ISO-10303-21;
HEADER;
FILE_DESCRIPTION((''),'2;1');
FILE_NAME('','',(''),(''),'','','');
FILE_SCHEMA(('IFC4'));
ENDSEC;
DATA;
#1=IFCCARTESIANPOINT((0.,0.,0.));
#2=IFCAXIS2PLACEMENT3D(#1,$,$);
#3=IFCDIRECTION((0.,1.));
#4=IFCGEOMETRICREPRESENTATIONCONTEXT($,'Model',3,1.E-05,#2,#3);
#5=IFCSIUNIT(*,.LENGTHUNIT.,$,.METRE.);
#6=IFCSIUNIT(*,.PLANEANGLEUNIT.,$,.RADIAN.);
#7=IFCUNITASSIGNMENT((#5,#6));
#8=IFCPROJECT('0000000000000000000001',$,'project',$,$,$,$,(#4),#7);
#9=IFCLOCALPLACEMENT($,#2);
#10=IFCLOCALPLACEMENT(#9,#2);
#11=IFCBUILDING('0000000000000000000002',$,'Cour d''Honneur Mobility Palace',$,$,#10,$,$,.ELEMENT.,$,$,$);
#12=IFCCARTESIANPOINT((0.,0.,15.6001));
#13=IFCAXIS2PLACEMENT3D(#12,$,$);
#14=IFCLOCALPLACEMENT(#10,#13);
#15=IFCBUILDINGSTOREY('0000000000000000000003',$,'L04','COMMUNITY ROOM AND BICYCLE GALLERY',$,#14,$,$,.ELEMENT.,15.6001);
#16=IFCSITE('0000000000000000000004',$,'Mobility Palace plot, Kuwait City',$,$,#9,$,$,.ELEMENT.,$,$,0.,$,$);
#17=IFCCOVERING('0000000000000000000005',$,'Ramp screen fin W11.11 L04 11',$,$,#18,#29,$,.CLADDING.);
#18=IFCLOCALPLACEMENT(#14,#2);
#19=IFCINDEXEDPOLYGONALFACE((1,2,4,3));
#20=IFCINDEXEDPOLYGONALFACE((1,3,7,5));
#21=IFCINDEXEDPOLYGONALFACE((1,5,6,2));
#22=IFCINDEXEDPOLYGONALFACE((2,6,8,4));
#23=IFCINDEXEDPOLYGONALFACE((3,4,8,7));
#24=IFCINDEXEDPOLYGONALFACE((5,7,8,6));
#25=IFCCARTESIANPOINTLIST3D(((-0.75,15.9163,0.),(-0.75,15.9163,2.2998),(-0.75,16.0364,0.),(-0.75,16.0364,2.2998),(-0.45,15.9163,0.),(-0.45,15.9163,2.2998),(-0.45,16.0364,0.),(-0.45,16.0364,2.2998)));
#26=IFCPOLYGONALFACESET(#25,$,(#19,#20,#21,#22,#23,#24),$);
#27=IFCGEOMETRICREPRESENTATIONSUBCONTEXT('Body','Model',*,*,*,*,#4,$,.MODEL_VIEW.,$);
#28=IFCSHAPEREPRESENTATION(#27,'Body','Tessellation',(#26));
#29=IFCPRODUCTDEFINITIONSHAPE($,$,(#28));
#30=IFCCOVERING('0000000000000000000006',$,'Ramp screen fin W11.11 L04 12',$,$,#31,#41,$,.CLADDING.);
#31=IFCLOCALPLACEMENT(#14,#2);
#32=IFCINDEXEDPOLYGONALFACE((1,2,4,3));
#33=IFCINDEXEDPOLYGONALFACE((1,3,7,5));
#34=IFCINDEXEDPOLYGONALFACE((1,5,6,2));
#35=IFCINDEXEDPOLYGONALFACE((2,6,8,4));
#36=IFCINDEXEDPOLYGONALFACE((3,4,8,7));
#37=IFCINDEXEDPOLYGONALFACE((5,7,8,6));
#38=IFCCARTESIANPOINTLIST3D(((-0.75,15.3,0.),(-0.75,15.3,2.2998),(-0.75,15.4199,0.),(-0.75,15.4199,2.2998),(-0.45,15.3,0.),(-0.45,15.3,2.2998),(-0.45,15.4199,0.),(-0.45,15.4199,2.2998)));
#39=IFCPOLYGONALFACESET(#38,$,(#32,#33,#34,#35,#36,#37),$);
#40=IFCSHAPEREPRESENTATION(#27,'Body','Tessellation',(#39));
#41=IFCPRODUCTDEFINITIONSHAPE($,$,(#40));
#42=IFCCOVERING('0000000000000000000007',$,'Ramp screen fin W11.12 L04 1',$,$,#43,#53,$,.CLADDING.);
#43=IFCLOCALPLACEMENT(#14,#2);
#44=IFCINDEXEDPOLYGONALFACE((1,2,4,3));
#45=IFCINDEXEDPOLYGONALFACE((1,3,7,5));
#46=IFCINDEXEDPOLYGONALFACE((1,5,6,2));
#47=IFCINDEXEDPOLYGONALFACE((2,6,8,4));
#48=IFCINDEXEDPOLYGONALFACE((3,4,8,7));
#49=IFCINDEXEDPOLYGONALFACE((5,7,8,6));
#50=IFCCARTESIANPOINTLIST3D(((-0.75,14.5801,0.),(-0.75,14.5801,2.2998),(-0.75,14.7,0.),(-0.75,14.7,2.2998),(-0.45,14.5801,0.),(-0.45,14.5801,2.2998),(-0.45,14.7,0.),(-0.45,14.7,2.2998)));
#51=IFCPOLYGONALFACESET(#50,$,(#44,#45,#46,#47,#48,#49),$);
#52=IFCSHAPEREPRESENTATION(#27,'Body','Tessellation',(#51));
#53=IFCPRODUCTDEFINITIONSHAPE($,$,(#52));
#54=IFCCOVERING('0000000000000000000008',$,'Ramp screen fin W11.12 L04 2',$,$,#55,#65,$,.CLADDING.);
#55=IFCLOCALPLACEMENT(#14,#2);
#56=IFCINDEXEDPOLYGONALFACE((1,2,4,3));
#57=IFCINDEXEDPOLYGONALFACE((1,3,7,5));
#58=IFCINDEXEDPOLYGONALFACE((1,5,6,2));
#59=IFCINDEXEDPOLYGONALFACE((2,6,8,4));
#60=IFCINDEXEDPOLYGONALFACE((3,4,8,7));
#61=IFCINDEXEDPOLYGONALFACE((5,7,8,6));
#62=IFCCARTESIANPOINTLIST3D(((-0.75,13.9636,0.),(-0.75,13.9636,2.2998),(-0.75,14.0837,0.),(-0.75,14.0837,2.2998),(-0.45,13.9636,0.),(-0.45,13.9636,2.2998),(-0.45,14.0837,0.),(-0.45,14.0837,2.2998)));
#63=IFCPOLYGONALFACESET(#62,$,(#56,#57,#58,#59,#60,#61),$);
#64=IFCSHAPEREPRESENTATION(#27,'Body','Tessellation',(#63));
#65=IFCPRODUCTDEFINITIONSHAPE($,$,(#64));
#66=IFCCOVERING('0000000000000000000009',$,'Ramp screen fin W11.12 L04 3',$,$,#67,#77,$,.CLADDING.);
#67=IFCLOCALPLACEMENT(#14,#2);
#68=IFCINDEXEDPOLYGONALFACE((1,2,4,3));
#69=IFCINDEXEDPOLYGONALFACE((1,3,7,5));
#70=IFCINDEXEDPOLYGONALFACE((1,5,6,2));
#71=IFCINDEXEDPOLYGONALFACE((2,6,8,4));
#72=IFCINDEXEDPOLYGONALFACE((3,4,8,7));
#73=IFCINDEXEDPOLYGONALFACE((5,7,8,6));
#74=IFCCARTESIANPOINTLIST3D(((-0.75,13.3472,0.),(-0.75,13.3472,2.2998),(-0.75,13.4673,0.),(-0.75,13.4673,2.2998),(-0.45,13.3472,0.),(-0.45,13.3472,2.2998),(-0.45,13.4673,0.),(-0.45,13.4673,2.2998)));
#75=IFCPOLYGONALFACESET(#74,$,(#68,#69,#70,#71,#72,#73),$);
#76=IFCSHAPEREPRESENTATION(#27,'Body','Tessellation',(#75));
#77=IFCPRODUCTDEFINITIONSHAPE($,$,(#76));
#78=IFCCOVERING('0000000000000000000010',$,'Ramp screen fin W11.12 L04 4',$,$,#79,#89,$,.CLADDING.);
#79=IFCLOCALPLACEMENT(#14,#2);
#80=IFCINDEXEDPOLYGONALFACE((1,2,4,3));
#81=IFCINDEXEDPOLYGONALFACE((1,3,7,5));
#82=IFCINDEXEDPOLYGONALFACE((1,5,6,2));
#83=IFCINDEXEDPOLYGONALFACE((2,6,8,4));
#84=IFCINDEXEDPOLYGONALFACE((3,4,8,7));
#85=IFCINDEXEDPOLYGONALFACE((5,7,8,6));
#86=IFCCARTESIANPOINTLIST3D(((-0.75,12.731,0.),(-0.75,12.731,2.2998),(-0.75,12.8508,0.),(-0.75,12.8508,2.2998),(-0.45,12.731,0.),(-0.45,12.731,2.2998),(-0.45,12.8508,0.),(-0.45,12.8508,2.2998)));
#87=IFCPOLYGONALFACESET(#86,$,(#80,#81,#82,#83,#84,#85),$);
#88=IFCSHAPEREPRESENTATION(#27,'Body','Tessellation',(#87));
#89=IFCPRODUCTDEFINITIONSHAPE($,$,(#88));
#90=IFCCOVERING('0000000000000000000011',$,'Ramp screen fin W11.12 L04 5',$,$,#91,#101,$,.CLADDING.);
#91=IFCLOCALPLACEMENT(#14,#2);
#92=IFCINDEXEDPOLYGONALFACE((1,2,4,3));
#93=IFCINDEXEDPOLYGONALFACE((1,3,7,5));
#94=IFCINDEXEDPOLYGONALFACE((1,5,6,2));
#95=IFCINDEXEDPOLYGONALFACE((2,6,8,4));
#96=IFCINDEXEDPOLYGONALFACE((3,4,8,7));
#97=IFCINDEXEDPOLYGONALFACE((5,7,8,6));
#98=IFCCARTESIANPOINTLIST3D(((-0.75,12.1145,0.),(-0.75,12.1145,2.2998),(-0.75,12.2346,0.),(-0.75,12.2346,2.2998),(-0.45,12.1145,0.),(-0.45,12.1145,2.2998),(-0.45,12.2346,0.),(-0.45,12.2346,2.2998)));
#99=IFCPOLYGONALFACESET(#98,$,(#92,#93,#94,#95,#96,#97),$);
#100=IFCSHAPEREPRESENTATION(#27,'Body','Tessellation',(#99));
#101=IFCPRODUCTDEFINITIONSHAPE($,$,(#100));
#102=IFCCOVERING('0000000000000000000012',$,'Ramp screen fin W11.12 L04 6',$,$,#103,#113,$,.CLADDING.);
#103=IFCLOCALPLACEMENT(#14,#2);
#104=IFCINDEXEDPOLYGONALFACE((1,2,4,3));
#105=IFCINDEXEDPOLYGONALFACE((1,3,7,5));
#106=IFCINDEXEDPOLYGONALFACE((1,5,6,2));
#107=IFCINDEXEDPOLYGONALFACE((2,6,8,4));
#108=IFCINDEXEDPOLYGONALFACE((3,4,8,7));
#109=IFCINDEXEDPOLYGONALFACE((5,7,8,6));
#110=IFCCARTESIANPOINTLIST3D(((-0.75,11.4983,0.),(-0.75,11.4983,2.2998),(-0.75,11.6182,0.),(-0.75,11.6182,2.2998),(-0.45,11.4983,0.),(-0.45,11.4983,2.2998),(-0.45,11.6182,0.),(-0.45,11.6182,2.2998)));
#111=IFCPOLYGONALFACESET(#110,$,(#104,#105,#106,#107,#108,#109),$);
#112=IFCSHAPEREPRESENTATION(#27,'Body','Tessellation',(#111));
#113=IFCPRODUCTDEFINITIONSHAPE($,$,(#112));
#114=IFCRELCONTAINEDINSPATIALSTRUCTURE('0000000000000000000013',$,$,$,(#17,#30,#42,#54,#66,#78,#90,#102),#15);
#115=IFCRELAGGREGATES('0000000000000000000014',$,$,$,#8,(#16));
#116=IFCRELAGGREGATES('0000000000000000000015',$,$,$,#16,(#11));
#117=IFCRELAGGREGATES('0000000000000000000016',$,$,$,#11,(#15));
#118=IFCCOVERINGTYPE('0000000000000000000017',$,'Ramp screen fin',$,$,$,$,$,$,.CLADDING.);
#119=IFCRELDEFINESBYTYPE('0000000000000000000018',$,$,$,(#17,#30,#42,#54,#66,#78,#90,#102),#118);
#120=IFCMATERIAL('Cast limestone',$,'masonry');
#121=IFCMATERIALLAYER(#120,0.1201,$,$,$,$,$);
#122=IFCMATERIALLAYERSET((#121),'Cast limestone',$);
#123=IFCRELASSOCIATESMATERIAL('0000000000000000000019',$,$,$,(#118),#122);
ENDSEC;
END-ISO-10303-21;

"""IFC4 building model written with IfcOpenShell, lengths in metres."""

from ifc_helpers import new_model, si_unit, direction, frame, origin, place, context, subcontext, project, spatial, polyline, outline, extrude, material, layer, layer_set, type_object, element, save


model = new_model("IFC4")

# Units and contexts
model_context = context("Model", 3, precision=1e-05, world=origin(), true_north=direction((0.0, 1.0)))
body_context = subcontext(model_context, "Body", "Model", "MODEL_VIEW")
ifc_project = project(units=[si_unit("LENGTHUNIT", "METRE"), si_unit("PLANEANGLEUNIT", "RADIAN")], contexts=[model_context])

# Site, building, storey
site_placement = place(None, origin())
site = spatial("IfcSite", under=ifc_project, at=site_placement, Name="Mobility Palace plot, Kuwait City", CompositionType="ELEMENT", RefElevation=0.0)
building_placement = place(site_placement, origin())
building = spatial("IfcBuilding", under=site, at=building_placement, Name="Cour d'Honneur Mobility Palace", CompositionType="ELEMENT")
storey_placement = place(building_placement, frame((0.0, 0.0, 15.6001)))
storey = spatial("IfcBuildingStorey", under=building, at=storey_placement, Name="L04", Description="COMMUNITY ROOM AND BICYCLE GALLERY", CompositionType="ELEMENT", Elevation=15.6001)

# Coverings
ifc_material = material(Name="Cast limestone", Category="masonry")
ifc_layer = layer(ifc_material, 0.1201)
ifc_layer_set = layer_set([ifc_layer], Name="Cast limestone")
covering_type = type_object("IfcCoveringType", Name="Ramp screen fin", PredefinedType="CLADDING", material=ifc_layer_set)
covering_1_placement = place(storey_placement, origin())
element("IfcCovering", 1, at=covering_1_placement, inside=storey, type_object=covering_type, Name="Ramp screen fin W11.11 L04 11", PredefinedType="CLADDING", context=body_context, shape_type="SweptSolid", body=[
    extrude(outline(polyline([(-0.45, 16.0364), (-0.45, 15.9163), (-0.75, 15.9163), (-0.75, 16.0364), (-0.45, 16.0364)])), origin(), (0.0, 0.0, 1.0), 2.2998),
])
covering_2_placement = place(storey_placement, origin())
element("IfcCovering", 2, at=covering_2_placement, inside=storey, type_object=covering_type, Name="Ramp screen fin W11.11 L04 12", PredefinedType="CLADDING", context=body_context, shape_type="SweptSolid", body=[
    extrude(outline(polyline([(-0.45, 15.4199), (-0.45, 15.3), (-0.75, 15.3), (-0.75, 15.4199), (-0.45, 15.4199)])), origin(), (0.0, 0.0, 1.0), 2.2998),
])
covering_3_placement = place(storey_placement, origin())
element("IfcCovering", 3, at=covering_3_placement, inside=storey, type_object=covering_type, Name="Ramp screen fin W11.12 L04 1", PredefinedType="CLADDING", context=body_context, shape_type="SweptSolid", body=[
    extrude(outline(polyline([(-0.45, 14.7), (-0.45, 14.5801), (-0.75, 14.5801), (-0.75, 14.7), (-0.45, 14.7)])), origin(), (0.0, 0.0, 1.0), 2.2998),
])
covering_4_placement = place(storey_placement, origin())
element("IfcCovering", 4, at=covering_4_placement, inside=storey, type_object=covering_type, Name="Ramp screen fin W11.12 L04 2", PredefinedType="CLADDING", context=body_context, shape_type="SweptSolid", body=[
    extrude(outline(polyline([(-0.45, 14.0837), (-0.45, 13.9636), (-0.75, 13.9636), (-0.75, 14.0837), (-0.45, 14.0837)])), origin(), (0.0, 0.0, 1.0), 2.2998),
])
covering_5_placement = place(storey_placement, origin())
element("IfcCovering", 5, at=covering_5_placement, inside=storey, type_object=covering_type, Name="Ramp screen fin W11.12 L04 3", PredefinedType="CLADDING", context=body_context, shape_type="SweptSolid", body=[
    extrude(outline(polyline([(-0.45, 13.4673), (-0.45, 13.3472), (-0.75, 13.3472), (-0.75, 13.4673), (-0.45, 13.4673)])), origin(), (0.0, 0.0, 1.0), 2.2998),
])
covering_6_placement = place(storey_placement, origin())
element("IfcCovering", 6, at=covering_6_placement, inside=storey, type_object=covering_type, Name="Ramp screen fin W11.12 L04 4", PredefinedType="CLADDING", context=body_context, shape_type="SweptSolid", body=[
    extrude(outline(polyline([(-0.45, 12.8508), (-0.45, 12.731), (-0.75, 12.731), (-0.75, 12.8508), (-0.45, 12.8508)])), origin(), (0.0, 0.0, 1.0), 2.2998),
])
covering_7_placement = place(storey_placement, origin())
element("IfcCovering", 7, at=covering_7_placement, inside=storey, type_object=covering_type, Name="Ramp screen fin W11.12 L04 5", PredefinedType="CLADDING", context=body_context, shape_type="SweptSolid", body=[
    extrude(outline(polyline([(-0.45, 12.2346), (-0.45, 12.1145), (-0.75, 12.1145), (-0.75, 12.2346), (-0.45, 12.2346)])), origin(), (0.0, 0.0, 1.0), 2.2998),
])
covering_8_placement = place(storey_placement, origin())
element("IfcCovering", 8, at=covering_8_placement, inside=storey, type_object=covering_type, Name="Ramp screen fin W11.12 L04 6", PredefinedType="CLADDING", context=body_context, shape_type="SweptSolid", body=[
    extrude(outline(polyline([(-0.45, 11.6182), (-0.45, 11.4983), (-0.75, 11.4983), (-0.75, 11.6182), (-0.45, 11.6182)])), origin(), (0.0, 0.0, 1.0), 2.2998),
])

save(model, "model.ifc")
